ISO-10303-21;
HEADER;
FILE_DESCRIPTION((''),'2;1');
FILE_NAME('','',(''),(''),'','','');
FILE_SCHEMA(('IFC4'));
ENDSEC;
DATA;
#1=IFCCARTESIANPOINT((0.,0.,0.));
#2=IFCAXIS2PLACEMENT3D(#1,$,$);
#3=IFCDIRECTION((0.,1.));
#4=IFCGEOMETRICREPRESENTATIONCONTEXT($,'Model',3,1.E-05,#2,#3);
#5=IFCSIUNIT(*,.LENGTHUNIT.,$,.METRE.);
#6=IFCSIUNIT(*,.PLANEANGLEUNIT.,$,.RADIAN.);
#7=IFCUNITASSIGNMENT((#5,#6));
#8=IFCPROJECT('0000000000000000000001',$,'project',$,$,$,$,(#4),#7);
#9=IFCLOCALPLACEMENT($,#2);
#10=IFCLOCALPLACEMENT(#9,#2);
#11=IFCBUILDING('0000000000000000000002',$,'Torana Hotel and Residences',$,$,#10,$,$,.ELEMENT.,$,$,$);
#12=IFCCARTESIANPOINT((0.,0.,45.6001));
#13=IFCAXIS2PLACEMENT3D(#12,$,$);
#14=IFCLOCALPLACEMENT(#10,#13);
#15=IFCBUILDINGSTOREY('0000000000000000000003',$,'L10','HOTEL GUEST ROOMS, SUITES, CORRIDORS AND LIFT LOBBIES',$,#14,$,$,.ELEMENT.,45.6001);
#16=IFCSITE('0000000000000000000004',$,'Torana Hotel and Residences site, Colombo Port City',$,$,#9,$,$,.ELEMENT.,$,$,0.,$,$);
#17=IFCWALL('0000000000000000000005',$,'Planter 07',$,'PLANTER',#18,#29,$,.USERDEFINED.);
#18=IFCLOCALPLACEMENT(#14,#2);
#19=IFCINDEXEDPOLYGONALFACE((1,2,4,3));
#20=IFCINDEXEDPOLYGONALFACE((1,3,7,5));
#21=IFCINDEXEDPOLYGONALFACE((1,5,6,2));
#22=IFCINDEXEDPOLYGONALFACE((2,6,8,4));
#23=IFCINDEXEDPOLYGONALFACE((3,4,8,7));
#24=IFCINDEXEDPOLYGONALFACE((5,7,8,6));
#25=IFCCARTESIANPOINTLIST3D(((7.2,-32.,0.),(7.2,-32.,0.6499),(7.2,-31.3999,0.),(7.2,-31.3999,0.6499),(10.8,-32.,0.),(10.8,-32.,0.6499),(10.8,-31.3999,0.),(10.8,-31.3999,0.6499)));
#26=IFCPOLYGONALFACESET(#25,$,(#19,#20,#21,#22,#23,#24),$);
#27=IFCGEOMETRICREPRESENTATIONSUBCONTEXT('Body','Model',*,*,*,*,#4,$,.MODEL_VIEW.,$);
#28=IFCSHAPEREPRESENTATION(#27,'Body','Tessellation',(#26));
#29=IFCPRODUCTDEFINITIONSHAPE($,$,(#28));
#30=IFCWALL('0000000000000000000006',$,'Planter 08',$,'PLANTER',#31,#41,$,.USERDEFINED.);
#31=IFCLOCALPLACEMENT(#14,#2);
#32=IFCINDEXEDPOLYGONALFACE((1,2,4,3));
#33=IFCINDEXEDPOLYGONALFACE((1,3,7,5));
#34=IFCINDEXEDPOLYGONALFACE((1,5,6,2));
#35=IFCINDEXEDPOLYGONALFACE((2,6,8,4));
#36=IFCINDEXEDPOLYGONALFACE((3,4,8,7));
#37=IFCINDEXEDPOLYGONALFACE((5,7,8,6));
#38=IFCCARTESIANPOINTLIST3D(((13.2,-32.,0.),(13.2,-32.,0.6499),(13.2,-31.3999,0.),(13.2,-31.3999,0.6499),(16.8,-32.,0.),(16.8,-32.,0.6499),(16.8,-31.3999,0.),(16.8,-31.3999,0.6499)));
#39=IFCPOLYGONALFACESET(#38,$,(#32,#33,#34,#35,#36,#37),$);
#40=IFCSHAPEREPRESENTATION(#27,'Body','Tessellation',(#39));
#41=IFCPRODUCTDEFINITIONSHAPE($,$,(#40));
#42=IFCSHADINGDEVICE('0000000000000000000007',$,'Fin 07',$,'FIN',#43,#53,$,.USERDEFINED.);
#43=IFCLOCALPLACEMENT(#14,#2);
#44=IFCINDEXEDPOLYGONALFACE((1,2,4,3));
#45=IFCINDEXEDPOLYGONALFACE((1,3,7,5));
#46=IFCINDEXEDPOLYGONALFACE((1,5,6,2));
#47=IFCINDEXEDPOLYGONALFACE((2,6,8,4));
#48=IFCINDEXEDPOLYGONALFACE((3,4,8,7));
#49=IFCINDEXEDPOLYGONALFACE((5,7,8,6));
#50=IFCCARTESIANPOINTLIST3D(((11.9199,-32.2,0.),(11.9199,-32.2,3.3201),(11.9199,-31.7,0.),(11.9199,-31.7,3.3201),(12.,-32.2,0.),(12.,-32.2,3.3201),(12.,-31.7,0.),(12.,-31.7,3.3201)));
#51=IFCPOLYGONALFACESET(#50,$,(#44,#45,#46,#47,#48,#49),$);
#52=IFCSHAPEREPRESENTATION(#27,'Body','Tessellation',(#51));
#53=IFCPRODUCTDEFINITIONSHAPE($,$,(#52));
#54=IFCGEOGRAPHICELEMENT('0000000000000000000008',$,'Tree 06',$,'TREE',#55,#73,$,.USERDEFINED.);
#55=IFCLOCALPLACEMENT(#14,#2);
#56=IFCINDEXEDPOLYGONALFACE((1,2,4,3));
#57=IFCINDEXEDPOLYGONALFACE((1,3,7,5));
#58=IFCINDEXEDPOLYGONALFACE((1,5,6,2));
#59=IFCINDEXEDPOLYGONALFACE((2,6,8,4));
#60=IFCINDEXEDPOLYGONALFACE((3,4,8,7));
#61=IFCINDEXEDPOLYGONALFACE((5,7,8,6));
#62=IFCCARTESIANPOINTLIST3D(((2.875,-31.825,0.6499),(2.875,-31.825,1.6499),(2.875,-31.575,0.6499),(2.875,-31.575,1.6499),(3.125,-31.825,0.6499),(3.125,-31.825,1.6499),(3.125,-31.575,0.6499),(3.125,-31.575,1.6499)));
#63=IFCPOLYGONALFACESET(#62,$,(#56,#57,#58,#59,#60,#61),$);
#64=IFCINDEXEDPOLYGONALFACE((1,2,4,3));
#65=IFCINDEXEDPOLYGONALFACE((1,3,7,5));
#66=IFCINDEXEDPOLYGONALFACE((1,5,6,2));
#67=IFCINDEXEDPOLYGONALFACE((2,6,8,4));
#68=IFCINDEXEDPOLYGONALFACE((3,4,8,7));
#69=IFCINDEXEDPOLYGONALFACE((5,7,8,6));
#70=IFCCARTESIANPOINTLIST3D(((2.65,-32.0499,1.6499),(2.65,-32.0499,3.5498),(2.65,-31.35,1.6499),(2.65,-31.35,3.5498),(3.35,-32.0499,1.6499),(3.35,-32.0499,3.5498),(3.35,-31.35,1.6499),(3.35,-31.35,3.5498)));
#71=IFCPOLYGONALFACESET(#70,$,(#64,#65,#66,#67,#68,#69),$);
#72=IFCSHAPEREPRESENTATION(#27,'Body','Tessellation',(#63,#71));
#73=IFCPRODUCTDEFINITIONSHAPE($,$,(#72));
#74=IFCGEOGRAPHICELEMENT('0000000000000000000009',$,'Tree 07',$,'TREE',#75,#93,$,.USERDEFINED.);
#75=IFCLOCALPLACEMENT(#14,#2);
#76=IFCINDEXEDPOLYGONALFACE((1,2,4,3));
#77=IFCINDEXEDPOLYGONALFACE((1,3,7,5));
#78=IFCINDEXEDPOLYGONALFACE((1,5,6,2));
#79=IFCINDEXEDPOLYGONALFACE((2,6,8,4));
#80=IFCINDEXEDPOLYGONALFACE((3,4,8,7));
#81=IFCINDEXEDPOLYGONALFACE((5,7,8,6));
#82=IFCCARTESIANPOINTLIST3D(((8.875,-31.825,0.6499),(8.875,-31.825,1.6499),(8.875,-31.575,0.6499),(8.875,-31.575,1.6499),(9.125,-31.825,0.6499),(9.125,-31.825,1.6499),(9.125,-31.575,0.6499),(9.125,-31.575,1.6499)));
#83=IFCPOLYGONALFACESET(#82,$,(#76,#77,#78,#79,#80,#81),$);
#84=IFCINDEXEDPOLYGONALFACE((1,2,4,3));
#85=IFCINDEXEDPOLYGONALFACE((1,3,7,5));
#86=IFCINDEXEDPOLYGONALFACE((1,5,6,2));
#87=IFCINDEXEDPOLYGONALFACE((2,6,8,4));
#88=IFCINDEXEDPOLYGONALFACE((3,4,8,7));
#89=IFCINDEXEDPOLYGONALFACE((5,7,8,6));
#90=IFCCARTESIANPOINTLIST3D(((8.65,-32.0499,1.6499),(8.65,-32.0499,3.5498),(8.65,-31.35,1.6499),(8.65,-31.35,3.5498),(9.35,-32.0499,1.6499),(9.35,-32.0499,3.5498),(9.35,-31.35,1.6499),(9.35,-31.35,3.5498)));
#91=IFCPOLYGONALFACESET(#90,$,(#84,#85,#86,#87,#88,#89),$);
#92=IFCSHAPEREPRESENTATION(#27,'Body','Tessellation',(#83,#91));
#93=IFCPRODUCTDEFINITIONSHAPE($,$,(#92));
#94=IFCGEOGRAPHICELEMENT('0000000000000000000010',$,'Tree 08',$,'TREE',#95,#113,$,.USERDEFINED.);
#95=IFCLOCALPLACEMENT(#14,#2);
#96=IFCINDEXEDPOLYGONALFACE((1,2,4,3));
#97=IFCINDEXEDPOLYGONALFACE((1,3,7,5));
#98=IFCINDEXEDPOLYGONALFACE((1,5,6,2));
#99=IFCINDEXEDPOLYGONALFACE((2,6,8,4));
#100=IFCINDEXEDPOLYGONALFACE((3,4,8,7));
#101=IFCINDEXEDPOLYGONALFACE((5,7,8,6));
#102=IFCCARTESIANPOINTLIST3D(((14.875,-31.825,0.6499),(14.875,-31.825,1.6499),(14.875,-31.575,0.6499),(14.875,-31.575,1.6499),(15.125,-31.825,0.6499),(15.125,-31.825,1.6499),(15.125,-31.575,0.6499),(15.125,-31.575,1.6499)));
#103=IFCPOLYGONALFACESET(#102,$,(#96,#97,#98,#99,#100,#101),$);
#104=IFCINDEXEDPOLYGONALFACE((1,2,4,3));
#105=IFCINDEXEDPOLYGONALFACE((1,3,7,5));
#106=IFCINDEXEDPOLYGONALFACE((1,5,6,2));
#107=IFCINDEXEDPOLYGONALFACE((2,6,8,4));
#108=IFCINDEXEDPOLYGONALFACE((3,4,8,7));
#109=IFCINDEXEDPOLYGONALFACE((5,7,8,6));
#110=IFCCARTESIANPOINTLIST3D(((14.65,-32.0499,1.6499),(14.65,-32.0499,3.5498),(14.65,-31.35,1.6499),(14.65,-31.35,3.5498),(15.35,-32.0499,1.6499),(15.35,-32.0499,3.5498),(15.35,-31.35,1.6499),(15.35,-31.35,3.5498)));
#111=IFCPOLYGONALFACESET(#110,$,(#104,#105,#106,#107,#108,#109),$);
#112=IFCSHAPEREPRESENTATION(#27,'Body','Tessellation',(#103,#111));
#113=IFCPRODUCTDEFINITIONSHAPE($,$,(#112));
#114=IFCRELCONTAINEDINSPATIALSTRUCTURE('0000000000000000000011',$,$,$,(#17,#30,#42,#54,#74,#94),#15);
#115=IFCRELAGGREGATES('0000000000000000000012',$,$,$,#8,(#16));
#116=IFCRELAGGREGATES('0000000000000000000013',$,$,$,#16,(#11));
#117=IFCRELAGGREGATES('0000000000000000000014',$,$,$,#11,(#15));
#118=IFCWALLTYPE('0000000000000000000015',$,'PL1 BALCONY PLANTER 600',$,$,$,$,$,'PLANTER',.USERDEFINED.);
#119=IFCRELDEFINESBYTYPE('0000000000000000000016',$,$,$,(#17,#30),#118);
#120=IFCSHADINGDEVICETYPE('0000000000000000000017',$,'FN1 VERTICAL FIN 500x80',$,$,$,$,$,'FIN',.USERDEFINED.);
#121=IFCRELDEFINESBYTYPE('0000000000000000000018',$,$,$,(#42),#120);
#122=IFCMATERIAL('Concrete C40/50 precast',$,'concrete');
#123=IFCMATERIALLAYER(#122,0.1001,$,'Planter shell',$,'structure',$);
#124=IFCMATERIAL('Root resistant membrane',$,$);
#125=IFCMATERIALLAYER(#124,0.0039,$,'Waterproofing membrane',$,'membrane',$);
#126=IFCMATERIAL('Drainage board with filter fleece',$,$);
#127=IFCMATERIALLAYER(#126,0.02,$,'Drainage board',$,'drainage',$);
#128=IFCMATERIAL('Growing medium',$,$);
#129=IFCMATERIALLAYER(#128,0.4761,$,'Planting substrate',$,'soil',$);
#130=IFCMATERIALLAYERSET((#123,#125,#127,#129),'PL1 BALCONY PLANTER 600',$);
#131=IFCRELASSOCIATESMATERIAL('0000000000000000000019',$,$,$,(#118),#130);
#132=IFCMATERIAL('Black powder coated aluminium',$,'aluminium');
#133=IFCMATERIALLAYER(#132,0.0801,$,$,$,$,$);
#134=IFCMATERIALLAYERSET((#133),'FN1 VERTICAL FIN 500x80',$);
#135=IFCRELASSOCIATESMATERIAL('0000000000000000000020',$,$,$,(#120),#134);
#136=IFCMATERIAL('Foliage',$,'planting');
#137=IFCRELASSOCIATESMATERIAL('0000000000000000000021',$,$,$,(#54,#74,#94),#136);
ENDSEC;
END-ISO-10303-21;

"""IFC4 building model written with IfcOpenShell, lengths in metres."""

from ifc_helpers import new_model, si_unit, direction, frame, frame_2d, origin, origin_2d, place, context, subcontext, project, spatial, rectangle, extrude, material, layer, layer_set, type_object, element, save


model = new_model("IFC4")

# Units and contexts
model_context = context("Model", 3, precision=1e-05, world=origin(), true_north=direction((0.0, 1.0)))
body_context = subcontext(model_context, "Body", "Model", "MODEL_VIEW")
ifc_project = project(units=[si_unit("LENGTHUNIT", "METRE"), si_unit("PLANEANGLEUNIT", "RADIAN")], contexts=[model_context])

# Site, building, storey
site_placement = place(None, origin())
site = spatial("IfcSite", under=ifc_project, at=site_placement, Name="Torana Hotel and Residences site, Colombo Port City", CompositionType="ELEMENT", RefElevation=0.0)
building_placement = place(site_placement, origin())
building = spatial("IfcBuilding", under=site, at=building_placement, Name="Torana Hotel and Residences", CompositionType="ELEMENT")
storey_placement = place(building_placement, frame((0.0, 0.0, 45.6001)))
storey = spatial("IfcBuildingStorey", under=building, at=storey_placement, Name="L10", Description="HOTEL GUEST ROOMS, SUITES, CORRIDORS AND LIFT LOBBIES", CompositionType="ELEMENT", Elevation=45.6001)

# Walls
ifc_material_1 = material(Name="Concrete C40/50 precast", Category="concrete")
ifc_layer_1 = layer(ifc_material_1, 0.1001, Name="Planter shell", Category="structure")
ifc_material_2 = material(Name="Root resistant membrane")
ifc_layer_2 = layer(ifc_material_2, 0.0039, Name="Waterproofing membrane", Category="membrane")
ifc_material_3 = material(Name="Drainage board with filter fleece")
ifc_layer_3 = layer(ifc_material_3, 0.02, Name="Drainage board", Category="drainage")
ifc_material_4 = material(Name="Growing medium")
ifc_layer_4 = layer(ifc_material_4, 0.4761, Name="Planting substrate", Category="soil")
ifc_layer_set_1 = layer_set([ifc_layer_1, ifc_layer_2, ifc_layer_3, ifc_layer_4], Name="PL1 BALCONY PLANTER 600")
wall_type_1 = type_object("IfcWallType", Name="PL1 BALCONY PLANTER 600", ElementType="PLANTER", PredefinedType="USERDEFINED", material=ifc_layer_set_1)
for number, where, z_axis, x_axis, name in (
    (1, (10.8, -31.7, 0.0), (0.0, 0.0, 1.0), (-1.0, 0.0, 0.0), "Planter 07"),
    (2, (16.8, -31.7, 0.0), (0.0, 0.0, 1.0), (-1.0, 0.0, 0.0), "Planter 08"),
):
    element("IfcWall", number, at=place(storey_placement, frame(where, z_axis=z_axis, x_axis=x_axis)), inside=storey, type_object=wall_type_1, Name=name, ObjectType="PLANTER", PredefinedType="USERDEFINED", context=body_context, shape_type="SweptSolid", body=[
        extrude(rectangle(XDim=3.6001, YDim=0.6001, at=frame_2d((1.8, 0.0))), origin(), (0.0, 0.0, 1.0), 0.6499),
    ])

# Shading device
ifc_material_5 = material(Name="Black powder coated aluminium", Category="aluminium")
ifc_layer_5 = layer(ifc_material_5, 0.0801)
ifc_layer_set_2 = layer_set([ifc_layer_5], Name="FN1 VERTICAL FIN 500x80")
shading_device_type = type_object("IfcShadingDeviceType", Name="FN1 VERTICAL FIN 500x80", ElementType="FIN", PredefinedType="USERDEFINED", material=ifc_layer_set_2)
shading_device_placement = place(storey_placement, frame((11.96, -31.95, 0.0), z_axis=(0.0, 0.0, 1.0), x_axis=(-1.0, 0.0, 0.0)))
element("IfcShadingDevice", 3, at=shading_device_placement, inside=storey, type_object=shading_device_type, Name="Fin 07", ObjectType="FIN", PredefinedType="USERDEFINED", context=body_context, shape_type="SweptSolid", body=[
    extrude(rectangle(XDim=0.0801, YDim=0.5, at=origin_2d()), origin(), (0.0, 0.0, 1.0), 3.3201),
])

# Geographic elements
ifc_material_6 = material(Name="Foliage", Category="planting")
for number, where, z_axis, x_axis, name in (
    (4, (3.0, -31.7, 0.6499), (0.0, 0.0, 1.0), (1.0, 0.0, 0.0), "Tree 06"),
    (5, (9.0, -31.7, 0.6499), (0.0, 0.0, 1.0), (1.0, 0.0, 0.0), "Tree 07"),
    (6, (15.0, -31.7, 0.6499), (0.0, 0.0, 1.0), (1.0, 0.0, 0.0), "Tree 08"),
):
    element("IfcGeographicElement", number, at=place(storey_placement, frame(where, z_axis=z_axis, x_axis=x_axis)), inside=storey, material=ifc_material_6, Name=name, ObjectType="TREE", PredefinedType="USERDEFINED", context=body_context, shape_type="SweptSolid", body=[
        extrude(rectangle(XDim=0.25, YDim=0.25, at=origin_2d()), origin(), (0.0, 0.0, 1.0), 1.0),
        extrude(rectangle(XDim=0.7, YDim=0.7, at=origin_2d()), frame((0.0, 0.0, 1.0)), (0.0, 0.0, 1.0), 1.8999),
    ])

save(model, "model.ifc")
